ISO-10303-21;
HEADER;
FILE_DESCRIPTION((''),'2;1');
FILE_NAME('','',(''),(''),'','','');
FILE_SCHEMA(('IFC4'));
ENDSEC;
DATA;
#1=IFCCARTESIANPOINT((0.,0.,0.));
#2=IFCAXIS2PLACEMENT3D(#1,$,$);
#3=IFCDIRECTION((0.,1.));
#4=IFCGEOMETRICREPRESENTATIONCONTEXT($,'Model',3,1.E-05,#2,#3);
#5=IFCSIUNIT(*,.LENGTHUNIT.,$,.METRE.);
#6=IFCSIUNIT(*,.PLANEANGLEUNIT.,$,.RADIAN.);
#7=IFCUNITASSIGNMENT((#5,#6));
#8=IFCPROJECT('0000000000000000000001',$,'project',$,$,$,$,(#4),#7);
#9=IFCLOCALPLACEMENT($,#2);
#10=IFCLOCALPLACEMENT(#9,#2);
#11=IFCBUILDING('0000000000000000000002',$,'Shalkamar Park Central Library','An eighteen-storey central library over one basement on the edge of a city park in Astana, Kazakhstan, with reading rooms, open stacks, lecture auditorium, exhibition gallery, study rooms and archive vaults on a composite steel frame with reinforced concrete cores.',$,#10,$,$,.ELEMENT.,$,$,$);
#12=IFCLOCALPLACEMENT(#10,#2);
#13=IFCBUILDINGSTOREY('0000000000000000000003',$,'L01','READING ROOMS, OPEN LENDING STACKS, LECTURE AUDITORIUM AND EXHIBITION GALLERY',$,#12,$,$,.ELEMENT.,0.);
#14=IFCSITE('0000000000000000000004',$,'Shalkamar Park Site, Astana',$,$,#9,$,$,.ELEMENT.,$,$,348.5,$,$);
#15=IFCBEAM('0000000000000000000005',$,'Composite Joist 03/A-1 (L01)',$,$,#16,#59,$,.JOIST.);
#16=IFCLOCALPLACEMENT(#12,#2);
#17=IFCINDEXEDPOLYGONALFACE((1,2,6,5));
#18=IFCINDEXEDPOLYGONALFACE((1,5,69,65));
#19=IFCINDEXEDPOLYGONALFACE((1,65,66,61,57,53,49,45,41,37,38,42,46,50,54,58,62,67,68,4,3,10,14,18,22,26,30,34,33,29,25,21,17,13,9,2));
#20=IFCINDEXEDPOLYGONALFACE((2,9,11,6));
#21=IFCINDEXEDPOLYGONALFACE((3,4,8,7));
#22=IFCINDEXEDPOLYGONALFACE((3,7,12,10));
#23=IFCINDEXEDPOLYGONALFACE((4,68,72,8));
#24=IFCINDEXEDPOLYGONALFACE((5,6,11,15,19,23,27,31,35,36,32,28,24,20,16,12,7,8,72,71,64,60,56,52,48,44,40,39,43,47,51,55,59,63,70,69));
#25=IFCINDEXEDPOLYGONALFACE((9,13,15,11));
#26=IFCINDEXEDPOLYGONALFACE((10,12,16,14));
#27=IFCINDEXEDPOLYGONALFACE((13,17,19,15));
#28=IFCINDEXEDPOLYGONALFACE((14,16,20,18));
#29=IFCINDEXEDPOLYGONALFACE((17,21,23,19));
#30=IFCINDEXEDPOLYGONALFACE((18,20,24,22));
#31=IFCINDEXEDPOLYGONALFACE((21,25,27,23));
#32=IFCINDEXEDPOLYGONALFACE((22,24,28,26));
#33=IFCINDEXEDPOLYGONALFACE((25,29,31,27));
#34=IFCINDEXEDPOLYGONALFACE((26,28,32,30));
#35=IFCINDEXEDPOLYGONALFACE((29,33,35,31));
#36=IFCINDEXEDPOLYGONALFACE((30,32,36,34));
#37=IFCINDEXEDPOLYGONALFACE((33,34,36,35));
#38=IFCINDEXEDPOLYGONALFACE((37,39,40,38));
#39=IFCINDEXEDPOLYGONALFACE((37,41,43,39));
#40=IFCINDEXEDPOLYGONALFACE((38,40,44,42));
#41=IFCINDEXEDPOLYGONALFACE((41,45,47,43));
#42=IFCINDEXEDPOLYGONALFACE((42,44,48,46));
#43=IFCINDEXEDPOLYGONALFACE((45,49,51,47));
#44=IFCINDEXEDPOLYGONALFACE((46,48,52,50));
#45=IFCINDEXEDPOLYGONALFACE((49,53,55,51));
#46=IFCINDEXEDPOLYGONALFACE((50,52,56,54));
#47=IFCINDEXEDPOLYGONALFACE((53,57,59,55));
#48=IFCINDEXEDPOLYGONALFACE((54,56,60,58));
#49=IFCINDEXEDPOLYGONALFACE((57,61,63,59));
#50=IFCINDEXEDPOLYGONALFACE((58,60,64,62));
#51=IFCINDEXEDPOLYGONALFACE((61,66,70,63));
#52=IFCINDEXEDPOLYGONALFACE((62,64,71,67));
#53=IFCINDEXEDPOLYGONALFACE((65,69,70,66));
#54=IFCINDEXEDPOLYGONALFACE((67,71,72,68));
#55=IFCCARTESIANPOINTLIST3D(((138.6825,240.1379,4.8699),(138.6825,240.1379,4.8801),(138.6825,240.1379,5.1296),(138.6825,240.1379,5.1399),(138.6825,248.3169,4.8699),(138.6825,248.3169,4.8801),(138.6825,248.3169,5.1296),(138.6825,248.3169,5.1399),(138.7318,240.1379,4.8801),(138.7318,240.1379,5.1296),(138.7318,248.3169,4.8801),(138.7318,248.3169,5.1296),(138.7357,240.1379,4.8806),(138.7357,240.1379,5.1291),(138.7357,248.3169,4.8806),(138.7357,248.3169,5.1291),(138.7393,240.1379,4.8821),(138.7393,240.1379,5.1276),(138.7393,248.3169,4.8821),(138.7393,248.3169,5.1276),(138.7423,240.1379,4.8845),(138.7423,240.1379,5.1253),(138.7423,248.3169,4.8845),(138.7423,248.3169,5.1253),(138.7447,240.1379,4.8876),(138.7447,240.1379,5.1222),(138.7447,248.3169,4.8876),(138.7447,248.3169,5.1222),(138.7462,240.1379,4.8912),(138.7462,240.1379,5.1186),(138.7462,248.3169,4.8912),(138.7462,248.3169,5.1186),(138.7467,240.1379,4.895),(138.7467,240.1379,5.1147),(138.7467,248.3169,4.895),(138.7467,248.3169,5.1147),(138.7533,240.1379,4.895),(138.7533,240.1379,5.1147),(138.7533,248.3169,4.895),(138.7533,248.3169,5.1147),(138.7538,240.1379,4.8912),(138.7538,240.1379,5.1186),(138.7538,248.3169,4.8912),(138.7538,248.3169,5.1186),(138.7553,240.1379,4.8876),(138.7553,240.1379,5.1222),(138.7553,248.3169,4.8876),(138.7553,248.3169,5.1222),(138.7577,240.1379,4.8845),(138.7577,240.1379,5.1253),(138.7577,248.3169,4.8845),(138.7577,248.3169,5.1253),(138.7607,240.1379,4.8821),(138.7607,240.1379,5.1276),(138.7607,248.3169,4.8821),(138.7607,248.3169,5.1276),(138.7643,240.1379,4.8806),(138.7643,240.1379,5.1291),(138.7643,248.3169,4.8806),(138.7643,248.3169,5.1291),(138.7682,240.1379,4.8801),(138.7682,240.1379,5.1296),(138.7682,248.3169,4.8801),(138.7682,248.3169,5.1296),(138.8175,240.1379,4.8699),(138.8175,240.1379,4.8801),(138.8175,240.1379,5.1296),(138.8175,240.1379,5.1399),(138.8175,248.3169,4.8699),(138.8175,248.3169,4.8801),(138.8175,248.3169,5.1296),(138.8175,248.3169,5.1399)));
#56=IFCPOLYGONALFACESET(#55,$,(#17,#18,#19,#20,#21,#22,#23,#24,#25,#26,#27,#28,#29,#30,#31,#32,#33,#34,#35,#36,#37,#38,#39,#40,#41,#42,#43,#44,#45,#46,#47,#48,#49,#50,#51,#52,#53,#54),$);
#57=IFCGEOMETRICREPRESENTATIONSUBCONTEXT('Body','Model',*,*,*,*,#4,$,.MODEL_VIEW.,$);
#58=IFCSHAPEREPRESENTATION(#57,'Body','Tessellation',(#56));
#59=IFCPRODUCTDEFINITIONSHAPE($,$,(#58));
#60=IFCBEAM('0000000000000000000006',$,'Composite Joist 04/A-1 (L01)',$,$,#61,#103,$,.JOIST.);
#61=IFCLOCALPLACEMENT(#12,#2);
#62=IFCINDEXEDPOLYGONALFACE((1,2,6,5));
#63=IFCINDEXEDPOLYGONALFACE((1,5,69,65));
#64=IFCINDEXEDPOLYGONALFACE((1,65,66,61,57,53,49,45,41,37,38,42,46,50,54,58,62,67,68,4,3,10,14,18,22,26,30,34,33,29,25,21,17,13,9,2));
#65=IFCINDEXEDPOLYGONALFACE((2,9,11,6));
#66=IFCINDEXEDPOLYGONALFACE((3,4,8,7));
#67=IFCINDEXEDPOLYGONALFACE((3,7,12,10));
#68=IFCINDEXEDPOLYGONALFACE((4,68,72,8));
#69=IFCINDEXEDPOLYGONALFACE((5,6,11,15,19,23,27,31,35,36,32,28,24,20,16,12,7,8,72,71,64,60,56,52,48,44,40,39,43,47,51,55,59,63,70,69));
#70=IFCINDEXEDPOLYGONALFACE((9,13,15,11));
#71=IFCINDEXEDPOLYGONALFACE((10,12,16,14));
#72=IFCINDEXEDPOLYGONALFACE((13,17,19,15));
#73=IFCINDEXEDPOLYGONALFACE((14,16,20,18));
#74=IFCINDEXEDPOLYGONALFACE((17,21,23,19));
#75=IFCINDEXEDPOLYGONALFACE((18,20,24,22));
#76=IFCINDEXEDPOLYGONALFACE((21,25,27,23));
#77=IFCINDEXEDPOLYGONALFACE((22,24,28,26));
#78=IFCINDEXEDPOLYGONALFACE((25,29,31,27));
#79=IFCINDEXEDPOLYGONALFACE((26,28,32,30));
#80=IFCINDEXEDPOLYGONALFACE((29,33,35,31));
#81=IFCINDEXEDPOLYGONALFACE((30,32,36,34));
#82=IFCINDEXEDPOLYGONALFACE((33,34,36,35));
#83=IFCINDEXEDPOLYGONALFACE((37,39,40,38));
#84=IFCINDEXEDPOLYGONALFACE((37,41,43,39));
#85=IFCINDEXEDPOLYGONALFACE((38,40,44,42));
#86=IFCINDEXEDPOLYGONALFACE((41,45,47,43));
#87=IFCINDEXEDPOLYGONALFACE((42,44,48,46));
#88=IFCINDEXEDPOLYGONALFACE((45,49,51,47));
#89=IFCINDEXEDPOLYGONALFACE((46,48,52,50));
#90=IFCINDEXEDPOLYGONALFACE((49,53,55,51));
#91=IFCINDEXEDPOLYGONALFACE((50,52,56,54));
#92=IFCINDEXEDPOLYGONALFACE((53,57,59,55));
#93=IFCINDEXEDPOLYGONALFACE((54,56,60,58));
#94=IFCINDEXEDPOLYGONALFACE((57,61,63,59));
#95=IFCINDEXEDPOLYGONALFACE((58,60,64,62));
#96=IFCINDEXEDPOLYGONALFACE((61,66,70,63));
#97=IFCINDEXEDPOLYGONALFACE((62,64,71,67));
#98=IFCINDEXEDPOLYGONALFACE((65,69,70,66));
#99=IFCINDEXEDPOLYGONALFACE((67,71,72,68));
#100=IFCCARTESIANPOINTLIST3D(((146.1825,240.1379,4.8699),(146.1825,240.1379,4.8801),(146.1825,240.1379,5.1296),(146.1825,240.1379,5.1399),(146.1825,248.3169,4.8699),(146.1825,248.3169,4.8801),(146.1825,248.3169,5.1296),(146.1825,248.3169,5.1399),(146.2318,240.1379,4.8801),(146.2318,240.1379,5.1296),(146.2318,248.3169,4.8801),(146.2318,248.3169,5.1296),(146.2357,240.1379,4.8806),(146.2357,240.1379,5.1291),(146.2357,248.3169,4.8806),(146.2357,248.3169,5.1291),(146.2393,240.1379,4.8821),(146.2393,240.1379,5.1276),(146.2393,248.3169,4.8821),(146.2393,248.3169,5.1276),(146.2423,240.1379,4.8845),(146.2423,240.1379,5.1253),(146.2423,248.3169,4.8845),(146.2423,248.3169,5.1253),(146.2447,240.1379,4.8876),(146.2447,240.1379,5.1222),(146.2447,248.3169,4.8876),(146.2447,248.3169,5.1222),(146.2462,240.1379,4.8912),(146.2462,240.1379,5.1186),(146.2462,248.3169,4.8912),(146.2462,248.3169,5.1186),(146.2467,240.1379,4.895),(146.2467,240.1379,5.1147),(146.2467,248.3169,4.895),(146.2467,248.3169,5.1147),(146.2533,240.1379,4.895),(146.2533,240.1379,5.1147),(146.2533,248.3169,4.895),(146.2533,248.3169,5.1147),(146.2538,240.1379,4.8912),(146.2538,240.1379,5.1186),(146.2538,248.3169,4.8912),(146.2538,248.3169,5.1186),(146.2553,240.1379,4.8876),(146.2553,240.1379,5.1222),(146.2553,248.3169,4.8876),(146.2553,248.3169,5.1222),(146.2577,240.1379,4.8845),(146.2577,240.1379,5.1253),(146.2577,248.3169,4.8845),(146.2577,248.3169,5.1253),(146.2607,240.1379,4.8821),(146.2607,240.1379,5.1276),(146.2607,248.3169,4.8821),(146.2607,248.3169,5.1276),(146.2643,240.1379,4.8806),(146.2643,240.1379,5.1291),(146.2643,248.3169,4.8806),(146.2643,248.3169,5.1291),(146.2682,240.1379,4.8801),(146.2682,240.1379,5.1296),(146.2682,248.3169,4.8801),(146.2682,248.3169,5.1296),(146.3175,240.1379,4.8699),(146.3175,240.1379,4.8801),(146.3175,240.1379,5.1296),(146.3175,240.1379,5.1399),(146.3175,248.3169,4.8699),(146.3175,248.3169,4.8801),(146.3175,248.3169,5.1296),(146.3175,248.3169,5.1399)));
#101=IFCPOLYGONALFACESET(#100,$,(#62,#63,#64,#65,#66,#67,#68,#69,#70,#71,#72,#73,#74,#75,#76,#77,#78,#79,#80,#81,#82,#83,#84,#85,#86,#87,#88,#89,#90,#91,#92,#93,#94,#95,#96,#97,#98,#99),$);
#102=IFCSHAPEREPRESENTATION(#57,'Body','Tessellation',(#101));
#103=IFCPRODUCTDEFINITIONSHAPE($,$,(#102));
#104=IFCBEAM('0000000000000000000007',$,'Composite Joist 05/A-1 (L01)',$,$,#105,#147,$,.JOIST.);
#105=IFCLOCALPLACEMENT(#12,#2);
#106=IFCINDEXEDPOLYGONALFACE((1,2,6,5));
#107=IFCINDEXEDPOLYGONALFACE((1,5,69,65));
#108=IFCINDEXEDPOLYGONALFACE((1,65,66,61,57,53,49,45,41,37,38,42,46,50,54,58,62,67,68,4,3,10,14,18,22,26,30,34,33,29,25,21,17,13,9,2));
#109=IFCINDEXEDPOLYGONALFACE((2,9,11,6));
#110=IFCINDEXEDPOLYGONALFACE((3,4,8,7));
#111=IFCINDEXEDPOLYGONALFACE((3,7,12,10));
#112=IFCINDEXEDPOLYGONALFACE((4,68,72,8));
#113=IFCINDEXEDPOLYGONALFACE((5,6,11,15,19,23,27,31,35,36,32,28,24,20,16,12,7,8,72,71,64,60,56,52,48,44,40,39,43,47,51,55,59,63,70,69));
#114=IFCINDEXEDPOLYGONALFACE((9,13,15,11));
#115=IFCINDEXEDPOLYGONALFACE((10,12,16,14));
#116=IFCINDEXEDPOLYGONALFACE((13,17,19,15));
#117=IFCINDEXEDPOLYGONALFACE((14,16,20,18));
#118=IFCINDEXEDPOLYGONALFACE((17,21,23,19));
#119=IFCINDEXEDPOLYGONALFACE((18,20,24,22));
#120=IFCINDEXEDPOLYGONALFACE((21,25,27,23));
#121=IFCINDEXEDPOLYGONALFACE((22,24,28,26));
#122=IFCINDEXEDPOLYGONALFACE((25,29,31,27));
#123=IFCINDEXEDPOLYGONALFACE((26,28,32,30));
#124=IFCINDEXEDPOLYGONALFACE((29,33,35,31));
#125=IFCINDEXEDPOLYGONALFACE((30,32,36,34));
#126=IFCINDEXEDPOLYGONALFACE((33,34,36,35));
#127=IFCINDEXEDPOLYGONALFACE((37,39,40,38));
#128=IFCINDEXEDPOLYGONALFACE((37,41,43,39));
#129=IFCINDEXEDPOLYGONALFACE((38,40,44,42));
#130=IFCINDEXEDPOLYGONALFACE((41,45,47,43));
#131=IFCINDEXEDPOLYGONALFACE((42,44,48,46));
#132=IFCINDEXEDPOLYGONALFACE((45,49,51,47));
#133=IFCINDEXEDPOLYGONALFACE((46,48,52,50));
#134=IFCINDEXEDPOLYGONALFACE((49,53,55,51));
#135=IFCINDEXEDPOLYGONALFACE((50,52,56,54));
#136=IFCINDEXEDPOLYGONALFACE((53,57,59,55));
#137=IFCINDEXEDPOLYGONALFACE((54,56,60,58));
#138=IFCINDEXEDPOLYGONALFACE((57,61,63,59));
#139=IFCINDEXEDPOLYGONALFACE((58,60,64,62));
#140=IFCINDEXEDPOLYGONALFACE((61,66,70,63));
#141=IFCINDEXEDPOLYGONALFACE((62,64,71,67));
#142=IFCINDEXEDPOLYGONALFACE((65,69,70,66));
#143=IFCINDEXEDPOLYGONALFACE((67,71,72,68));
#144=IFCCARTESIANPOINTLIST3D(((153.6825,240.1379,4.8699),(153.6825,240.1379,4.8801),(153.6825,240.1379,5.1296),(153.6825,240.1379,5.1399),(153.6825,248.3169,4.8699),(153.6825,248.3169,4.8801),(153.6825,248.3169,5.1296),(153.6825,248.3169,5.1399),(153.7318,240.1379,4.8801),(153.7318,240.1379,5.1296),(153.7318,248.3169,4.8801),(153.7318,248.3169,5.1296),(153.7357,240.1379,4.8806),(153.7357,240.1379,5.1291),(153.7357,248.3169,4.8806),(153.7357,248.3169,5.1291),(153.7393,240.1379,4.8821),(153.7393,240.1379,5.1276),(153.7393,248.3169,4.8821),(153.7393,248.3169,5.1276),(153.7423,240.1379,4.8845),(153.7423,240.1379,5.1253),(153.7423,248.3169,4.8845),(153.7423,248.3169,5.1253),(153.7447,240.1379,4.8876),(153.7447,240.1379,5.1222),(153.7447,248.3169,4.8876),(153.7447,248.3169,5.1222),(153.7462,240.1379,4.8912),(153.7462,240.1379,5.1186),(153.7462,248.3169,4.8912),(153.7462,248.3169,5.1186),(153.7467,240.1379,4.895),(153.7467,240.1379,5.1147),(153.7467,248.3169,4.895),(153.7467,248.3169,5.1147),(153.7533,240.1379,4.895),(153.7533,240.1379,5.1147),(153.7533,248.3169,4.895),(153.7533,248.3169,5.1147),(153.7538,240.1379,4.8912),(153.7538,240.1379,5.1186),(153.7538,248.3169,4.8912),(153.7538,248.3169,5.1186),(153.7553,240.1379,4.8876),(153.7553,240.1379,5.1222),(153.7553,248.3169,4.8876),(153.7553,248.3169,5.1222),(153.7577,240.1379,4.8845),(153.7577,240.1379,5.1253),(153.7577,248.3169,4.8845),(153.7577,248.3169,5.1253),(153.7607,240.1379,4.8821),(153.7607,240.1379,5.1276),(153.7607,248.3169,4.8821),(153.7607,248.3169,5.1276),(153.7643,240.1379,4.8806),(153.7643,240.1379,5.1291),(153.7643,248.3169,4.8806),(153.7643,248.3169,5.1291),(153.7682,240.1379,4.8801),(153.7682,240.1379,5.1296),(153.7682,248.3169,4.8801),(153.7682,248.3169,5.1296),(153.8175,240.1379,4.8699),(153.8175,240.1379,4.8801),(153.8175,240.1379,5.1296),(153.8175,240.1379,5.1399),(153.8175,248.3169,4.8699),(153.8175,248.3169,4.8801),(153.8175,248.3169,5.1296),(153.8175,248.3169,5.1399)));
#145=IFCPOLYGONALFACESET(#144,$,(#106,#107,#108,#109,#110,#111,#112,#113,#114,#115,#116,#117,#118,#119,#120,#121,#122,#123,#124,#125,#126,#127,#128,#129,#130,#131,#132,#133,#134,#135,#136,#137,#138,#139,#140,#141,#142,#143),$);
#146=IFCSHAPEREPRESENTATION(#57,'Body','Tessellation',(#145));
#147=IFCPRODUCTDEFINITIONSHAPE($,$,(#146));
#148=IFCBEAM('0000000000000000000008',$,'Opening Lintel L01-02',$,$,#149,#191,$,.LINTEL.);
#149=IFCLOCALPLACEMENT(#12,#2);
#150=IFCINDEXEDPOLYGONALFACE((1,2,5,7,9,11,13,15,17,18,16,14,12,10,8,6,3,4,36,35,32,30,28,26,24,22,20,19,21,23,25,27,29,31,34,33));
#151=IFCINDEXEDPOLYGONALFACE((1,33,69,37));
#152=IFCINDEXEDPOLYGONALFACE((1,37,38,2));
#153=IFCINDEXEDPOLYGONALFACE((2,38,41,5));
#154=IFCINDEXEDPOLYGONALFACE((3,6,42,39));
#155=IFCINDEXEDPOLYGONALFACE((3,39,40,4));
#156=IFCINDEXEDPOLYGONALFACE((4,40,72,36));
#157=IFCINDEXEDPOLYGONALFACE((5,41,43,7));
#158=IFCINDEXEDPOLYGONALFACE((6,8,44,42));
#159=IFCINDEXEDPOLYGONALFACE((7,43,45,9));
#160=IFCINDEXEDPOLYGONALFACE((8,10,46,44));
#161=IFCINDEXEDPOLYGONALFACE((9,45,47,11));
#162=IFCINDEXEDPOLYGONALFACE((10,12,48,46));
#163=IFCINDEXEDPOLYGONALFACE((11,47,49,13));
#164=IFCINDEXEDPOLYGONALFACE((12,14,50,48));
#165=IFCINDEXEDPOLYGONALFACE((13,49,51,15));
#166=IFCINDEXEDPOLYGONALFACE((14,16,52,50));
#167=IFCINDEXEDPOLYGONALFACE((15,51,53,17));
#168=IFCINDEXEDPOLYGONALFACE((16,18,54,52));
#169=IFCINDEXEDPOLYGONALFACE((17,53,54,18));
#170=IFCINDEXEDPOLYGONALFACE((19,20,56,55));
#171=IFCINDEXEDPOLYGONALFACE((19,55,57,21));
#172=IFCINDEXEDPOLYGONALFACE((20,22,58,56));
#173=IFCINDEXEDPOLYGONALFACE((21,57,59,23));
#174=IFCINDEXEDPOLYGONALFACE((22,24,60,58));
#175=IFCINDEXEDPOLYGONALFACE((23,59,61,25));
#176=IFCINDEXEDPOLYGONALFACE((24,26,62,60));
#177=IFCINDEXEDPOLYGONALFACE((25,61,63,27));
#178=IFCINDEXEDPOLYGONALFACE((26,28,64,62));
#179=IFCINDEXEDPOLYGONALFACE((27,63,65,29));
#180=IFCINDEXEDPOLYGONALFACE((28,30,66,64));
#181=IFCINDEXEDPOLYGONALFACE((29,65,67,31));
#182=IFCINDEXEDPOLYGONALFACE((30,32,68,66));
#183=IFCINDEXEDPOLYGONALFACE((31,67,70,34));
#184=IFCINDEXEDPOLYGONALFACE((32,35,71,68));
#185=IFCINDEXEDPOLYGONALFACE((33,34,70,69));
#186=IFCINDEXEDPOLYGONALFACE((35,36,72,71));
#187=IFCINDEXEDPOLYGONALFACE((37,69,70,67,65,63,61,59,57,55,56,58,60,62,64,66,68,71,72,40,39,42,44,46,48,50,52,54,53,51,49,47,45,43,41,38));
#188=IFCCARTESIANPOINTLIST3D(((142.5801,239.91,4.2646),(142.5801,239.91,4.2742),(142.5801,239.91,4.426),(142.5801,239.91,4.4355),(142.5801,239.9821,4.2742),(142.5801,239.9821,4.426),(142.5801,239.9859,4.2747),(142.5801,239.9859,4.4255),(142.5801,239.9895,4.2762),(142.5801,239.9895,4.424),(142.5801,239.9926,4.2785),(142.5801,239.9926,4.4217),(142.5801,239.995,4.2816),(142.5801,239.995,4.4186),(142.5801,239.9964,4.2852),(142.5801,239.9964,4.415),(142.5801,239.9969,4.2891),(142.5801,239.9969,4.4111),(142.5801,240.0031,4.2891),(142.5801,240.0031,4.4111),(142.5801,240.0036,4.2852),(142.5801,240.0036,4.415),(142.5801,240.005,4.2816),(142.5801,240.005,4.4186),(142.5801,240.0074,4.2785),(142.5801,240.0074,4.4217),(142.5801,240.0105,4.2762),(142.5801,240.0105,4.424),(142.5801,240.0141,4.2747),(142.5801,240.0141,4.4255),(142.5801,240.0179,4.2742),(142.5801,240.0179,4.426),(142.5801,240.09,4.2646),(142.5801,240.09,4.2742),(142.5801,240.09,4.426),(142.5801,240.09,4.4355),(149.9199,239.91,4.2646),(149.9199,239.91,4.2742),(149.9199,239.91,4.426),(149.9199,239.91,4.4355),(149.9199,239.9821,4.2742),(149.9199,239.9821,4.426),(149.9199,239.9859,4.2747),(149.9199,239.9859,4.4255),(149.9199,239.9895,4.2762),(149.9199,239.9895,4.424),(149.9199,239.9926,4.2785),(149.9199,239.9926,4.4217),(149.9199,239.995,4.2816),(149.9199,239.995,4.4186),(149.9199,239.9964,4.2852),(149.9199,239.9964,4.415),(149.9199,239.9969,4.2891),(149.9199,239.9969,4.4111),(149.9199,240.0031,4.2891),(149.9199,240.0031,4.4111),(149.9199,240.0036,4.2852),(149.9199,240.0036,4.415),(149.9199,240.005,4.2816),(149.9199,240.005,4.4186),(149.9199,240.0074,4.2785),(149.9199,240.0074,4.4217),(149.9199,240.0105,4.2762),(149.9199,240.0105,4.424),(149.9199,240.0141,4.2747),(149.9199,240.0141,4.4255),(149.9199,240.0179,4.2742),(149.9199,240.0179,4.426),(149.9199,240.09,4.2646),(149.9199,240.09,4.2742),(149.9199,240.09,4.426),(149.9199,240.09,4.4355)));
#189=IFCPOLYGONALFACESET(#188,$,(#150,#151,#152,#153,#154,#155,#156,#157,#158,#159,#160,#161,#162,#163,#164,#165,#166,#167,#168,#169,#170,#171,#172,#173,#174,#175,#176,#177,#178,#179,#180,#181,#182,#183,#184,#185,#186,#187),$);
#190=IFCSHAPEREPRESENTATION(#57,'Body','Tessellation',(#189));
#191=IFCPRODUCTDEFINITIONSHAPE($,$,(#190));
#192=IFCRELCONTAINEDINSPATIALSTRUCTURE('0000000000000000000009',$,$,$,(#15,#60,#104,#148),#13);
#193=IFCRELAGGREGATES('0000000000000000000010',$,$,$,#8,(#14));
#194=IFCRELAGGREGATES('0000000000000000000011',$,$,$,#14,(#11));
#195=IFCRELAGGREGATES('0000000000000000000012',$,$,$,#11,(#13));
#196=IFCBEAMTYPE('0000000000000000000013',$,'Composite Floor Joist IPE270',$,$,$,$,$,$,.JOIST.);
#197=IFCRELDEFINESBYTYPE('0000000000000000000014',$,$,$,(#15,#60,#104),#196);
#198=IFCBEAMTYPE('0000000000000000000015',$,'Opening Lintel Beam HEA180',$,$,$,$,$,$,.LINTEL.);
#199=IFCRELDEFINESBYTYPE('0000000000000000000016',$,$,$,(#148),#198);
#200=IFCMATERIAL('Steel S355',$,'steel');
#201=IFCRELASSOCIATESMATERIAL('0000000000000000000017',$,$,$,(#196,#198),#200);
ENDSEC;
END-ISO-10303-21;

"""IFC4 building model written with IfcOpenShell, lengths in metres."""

from ifc_helpers import new_model, si_unit, direction, frame, origin, origin_2d, place, context, subcontext, project, spatial, i_section, extrude, material, material_profile, profile_set, type_object, element, save


model = new_model("IFC4")

# Units and contexts
model_context = context("Model", 3, precision=1e-05, world=origin(), true_north=direction((0.0, 1.0)))
body_context = subcontext(model_context, "Body", "Model", "MODEL_VIEW")
ifc_project = project(units=[si_unit("LENGTHUNIT", "METRE"), si_unit("PLANEANGLEUNIT", "RADIAN")], contexts=[model_context])

# Site, building, storey
site_placement = place(None, origin())
site = spatial("IfcSite", under=ifc_project, at=site_placement, Name="Shalkamar Park Site, Astana", CompositionType="ELEMENT", RefElevation=348.5)
building_placement = place(site_placement, origin())
building = spatial("IfcBuilding", under=site, at=building_placement, Name="Shalkamar Park Central Library", Description="An eighteen-storey central library over one basement on the edge of a city park in Astana, Kazakhstan, with reading rooms, open stacks, lecture auditorium, exhibition gallery, study rooms and archive vaults on a composite steel frame with reinforced concrete cores.", CompositionType="ELEMENT")
storey_placement = place(building_placement, origin())
storey = spatial("IfcBuildingStorey", under=building, at=storey_placement, Name="L01", Description="READING ROOMS, OPEN LENDING STACKS, LECTURE AUDITORIUM AND EXHIBITION GALLERY", CompositionType="ELEMENT", Elevation=0.0)

# Shared definitions
ifc_material_1 = material(Name="Steel S355", Category="steel")

# Beams
ifc_material_profile_1 = material_profile(ifc_material_1, i_section(OverallWidth=0.135, OverallDepth=0.27, WebThickness=0.0066, FlangeThickness=0.0103, FilletRadius=0.0149, at=origin_2d()), Name="IPE 270")
ifc_profile_set_1 = profile_set([ifc_material_profile_1], Name="Steel S355")
beam_type_1 = type_object("IfcBeamType", Name="Composite Floor Joist IPE270", PredefinedType="JOIST", material=ifc_profile_set_1)
for number, where, z_axis, x_axis, name in (
    (1, (138.75, 240.1379, 5.0049), (0.0, 1.0, 0.0), (-1.0, 0.0, 0.0), "Composite Joist 03/A-1 (L01)"),
    (2, (146.25, 240.1379, 5.0049), (0.0, 1.0, 0.0), (-1.0, 0.0, 0.0), "Composite Joist 04/A-1 (L01)"),
    (3, (153.75, 240.1379, 5.0049), (0.0, 1.0, 0.0), (-1.0, 0.0, 0.0), "Composite Joist 05/A-1 (L01)"),
):
    element("IfcBeam", number, at=place(storey_placement, frame(where, z_axis=z_axis, x_axis=x_axis)), inside=storey, type_object=beam_type_1, Name=name, PredefinedType="JOIST", context=body_context, shape_type="SweptSolid", body=[
        extrude(i_section(OverallWidth=0.135, OverallDepth=0.27, WebThickness=0.0066, FlangeThickness=0.0103, FilletRadius=0.0149, at=origin_2d()), origin(), (0.0, 0.0, 1.0), 8.179),
    ])
ifc_material_profile_2 = material_profile(ifc_material_1, i_section(OverallWidth=0.1799, OverallDepth=0.1709, WebThickness=0.0061, FlangeThickness=0.0095, FilletRadius=0.0149, at=origin_2d()), Name="HEA 180")
ifc_profile_set_2 = profile_set([ifc_material_profile_2], Name="Steel S355")
beam_type_2 = type_object("IfcBeamType", Name="Opening Lintel Beam HEA180", PredefinedType="LINTEL", material=ifc_profile_set_2)
beam_1_placement = place(storey_placement, frame((142.5801, 240.0, 4.3501), z_axis=(1.0, 0.0, 0.0), x_axis=(0.0, 1.0, 0.0)))
element("IfcBeam", 4, at=beam_1_placement, inside=storey, type_object=beam_type_2, Name="Opening Lintel L01-02", PredefinedType="LINTEL", context=body_context, shape_type="SweptSolid", body=[
    extrude(i_section(OverallWidth=0.1799, OverallDepth=0.1709, WebThickness=0.0061, FlangeThickness=0.0095, FilletRadius=0.0149, at=origin_2d()), origin(), (0.0, 0.0, 1.0), 7.3398),
])

save(model, "model.ifc")
